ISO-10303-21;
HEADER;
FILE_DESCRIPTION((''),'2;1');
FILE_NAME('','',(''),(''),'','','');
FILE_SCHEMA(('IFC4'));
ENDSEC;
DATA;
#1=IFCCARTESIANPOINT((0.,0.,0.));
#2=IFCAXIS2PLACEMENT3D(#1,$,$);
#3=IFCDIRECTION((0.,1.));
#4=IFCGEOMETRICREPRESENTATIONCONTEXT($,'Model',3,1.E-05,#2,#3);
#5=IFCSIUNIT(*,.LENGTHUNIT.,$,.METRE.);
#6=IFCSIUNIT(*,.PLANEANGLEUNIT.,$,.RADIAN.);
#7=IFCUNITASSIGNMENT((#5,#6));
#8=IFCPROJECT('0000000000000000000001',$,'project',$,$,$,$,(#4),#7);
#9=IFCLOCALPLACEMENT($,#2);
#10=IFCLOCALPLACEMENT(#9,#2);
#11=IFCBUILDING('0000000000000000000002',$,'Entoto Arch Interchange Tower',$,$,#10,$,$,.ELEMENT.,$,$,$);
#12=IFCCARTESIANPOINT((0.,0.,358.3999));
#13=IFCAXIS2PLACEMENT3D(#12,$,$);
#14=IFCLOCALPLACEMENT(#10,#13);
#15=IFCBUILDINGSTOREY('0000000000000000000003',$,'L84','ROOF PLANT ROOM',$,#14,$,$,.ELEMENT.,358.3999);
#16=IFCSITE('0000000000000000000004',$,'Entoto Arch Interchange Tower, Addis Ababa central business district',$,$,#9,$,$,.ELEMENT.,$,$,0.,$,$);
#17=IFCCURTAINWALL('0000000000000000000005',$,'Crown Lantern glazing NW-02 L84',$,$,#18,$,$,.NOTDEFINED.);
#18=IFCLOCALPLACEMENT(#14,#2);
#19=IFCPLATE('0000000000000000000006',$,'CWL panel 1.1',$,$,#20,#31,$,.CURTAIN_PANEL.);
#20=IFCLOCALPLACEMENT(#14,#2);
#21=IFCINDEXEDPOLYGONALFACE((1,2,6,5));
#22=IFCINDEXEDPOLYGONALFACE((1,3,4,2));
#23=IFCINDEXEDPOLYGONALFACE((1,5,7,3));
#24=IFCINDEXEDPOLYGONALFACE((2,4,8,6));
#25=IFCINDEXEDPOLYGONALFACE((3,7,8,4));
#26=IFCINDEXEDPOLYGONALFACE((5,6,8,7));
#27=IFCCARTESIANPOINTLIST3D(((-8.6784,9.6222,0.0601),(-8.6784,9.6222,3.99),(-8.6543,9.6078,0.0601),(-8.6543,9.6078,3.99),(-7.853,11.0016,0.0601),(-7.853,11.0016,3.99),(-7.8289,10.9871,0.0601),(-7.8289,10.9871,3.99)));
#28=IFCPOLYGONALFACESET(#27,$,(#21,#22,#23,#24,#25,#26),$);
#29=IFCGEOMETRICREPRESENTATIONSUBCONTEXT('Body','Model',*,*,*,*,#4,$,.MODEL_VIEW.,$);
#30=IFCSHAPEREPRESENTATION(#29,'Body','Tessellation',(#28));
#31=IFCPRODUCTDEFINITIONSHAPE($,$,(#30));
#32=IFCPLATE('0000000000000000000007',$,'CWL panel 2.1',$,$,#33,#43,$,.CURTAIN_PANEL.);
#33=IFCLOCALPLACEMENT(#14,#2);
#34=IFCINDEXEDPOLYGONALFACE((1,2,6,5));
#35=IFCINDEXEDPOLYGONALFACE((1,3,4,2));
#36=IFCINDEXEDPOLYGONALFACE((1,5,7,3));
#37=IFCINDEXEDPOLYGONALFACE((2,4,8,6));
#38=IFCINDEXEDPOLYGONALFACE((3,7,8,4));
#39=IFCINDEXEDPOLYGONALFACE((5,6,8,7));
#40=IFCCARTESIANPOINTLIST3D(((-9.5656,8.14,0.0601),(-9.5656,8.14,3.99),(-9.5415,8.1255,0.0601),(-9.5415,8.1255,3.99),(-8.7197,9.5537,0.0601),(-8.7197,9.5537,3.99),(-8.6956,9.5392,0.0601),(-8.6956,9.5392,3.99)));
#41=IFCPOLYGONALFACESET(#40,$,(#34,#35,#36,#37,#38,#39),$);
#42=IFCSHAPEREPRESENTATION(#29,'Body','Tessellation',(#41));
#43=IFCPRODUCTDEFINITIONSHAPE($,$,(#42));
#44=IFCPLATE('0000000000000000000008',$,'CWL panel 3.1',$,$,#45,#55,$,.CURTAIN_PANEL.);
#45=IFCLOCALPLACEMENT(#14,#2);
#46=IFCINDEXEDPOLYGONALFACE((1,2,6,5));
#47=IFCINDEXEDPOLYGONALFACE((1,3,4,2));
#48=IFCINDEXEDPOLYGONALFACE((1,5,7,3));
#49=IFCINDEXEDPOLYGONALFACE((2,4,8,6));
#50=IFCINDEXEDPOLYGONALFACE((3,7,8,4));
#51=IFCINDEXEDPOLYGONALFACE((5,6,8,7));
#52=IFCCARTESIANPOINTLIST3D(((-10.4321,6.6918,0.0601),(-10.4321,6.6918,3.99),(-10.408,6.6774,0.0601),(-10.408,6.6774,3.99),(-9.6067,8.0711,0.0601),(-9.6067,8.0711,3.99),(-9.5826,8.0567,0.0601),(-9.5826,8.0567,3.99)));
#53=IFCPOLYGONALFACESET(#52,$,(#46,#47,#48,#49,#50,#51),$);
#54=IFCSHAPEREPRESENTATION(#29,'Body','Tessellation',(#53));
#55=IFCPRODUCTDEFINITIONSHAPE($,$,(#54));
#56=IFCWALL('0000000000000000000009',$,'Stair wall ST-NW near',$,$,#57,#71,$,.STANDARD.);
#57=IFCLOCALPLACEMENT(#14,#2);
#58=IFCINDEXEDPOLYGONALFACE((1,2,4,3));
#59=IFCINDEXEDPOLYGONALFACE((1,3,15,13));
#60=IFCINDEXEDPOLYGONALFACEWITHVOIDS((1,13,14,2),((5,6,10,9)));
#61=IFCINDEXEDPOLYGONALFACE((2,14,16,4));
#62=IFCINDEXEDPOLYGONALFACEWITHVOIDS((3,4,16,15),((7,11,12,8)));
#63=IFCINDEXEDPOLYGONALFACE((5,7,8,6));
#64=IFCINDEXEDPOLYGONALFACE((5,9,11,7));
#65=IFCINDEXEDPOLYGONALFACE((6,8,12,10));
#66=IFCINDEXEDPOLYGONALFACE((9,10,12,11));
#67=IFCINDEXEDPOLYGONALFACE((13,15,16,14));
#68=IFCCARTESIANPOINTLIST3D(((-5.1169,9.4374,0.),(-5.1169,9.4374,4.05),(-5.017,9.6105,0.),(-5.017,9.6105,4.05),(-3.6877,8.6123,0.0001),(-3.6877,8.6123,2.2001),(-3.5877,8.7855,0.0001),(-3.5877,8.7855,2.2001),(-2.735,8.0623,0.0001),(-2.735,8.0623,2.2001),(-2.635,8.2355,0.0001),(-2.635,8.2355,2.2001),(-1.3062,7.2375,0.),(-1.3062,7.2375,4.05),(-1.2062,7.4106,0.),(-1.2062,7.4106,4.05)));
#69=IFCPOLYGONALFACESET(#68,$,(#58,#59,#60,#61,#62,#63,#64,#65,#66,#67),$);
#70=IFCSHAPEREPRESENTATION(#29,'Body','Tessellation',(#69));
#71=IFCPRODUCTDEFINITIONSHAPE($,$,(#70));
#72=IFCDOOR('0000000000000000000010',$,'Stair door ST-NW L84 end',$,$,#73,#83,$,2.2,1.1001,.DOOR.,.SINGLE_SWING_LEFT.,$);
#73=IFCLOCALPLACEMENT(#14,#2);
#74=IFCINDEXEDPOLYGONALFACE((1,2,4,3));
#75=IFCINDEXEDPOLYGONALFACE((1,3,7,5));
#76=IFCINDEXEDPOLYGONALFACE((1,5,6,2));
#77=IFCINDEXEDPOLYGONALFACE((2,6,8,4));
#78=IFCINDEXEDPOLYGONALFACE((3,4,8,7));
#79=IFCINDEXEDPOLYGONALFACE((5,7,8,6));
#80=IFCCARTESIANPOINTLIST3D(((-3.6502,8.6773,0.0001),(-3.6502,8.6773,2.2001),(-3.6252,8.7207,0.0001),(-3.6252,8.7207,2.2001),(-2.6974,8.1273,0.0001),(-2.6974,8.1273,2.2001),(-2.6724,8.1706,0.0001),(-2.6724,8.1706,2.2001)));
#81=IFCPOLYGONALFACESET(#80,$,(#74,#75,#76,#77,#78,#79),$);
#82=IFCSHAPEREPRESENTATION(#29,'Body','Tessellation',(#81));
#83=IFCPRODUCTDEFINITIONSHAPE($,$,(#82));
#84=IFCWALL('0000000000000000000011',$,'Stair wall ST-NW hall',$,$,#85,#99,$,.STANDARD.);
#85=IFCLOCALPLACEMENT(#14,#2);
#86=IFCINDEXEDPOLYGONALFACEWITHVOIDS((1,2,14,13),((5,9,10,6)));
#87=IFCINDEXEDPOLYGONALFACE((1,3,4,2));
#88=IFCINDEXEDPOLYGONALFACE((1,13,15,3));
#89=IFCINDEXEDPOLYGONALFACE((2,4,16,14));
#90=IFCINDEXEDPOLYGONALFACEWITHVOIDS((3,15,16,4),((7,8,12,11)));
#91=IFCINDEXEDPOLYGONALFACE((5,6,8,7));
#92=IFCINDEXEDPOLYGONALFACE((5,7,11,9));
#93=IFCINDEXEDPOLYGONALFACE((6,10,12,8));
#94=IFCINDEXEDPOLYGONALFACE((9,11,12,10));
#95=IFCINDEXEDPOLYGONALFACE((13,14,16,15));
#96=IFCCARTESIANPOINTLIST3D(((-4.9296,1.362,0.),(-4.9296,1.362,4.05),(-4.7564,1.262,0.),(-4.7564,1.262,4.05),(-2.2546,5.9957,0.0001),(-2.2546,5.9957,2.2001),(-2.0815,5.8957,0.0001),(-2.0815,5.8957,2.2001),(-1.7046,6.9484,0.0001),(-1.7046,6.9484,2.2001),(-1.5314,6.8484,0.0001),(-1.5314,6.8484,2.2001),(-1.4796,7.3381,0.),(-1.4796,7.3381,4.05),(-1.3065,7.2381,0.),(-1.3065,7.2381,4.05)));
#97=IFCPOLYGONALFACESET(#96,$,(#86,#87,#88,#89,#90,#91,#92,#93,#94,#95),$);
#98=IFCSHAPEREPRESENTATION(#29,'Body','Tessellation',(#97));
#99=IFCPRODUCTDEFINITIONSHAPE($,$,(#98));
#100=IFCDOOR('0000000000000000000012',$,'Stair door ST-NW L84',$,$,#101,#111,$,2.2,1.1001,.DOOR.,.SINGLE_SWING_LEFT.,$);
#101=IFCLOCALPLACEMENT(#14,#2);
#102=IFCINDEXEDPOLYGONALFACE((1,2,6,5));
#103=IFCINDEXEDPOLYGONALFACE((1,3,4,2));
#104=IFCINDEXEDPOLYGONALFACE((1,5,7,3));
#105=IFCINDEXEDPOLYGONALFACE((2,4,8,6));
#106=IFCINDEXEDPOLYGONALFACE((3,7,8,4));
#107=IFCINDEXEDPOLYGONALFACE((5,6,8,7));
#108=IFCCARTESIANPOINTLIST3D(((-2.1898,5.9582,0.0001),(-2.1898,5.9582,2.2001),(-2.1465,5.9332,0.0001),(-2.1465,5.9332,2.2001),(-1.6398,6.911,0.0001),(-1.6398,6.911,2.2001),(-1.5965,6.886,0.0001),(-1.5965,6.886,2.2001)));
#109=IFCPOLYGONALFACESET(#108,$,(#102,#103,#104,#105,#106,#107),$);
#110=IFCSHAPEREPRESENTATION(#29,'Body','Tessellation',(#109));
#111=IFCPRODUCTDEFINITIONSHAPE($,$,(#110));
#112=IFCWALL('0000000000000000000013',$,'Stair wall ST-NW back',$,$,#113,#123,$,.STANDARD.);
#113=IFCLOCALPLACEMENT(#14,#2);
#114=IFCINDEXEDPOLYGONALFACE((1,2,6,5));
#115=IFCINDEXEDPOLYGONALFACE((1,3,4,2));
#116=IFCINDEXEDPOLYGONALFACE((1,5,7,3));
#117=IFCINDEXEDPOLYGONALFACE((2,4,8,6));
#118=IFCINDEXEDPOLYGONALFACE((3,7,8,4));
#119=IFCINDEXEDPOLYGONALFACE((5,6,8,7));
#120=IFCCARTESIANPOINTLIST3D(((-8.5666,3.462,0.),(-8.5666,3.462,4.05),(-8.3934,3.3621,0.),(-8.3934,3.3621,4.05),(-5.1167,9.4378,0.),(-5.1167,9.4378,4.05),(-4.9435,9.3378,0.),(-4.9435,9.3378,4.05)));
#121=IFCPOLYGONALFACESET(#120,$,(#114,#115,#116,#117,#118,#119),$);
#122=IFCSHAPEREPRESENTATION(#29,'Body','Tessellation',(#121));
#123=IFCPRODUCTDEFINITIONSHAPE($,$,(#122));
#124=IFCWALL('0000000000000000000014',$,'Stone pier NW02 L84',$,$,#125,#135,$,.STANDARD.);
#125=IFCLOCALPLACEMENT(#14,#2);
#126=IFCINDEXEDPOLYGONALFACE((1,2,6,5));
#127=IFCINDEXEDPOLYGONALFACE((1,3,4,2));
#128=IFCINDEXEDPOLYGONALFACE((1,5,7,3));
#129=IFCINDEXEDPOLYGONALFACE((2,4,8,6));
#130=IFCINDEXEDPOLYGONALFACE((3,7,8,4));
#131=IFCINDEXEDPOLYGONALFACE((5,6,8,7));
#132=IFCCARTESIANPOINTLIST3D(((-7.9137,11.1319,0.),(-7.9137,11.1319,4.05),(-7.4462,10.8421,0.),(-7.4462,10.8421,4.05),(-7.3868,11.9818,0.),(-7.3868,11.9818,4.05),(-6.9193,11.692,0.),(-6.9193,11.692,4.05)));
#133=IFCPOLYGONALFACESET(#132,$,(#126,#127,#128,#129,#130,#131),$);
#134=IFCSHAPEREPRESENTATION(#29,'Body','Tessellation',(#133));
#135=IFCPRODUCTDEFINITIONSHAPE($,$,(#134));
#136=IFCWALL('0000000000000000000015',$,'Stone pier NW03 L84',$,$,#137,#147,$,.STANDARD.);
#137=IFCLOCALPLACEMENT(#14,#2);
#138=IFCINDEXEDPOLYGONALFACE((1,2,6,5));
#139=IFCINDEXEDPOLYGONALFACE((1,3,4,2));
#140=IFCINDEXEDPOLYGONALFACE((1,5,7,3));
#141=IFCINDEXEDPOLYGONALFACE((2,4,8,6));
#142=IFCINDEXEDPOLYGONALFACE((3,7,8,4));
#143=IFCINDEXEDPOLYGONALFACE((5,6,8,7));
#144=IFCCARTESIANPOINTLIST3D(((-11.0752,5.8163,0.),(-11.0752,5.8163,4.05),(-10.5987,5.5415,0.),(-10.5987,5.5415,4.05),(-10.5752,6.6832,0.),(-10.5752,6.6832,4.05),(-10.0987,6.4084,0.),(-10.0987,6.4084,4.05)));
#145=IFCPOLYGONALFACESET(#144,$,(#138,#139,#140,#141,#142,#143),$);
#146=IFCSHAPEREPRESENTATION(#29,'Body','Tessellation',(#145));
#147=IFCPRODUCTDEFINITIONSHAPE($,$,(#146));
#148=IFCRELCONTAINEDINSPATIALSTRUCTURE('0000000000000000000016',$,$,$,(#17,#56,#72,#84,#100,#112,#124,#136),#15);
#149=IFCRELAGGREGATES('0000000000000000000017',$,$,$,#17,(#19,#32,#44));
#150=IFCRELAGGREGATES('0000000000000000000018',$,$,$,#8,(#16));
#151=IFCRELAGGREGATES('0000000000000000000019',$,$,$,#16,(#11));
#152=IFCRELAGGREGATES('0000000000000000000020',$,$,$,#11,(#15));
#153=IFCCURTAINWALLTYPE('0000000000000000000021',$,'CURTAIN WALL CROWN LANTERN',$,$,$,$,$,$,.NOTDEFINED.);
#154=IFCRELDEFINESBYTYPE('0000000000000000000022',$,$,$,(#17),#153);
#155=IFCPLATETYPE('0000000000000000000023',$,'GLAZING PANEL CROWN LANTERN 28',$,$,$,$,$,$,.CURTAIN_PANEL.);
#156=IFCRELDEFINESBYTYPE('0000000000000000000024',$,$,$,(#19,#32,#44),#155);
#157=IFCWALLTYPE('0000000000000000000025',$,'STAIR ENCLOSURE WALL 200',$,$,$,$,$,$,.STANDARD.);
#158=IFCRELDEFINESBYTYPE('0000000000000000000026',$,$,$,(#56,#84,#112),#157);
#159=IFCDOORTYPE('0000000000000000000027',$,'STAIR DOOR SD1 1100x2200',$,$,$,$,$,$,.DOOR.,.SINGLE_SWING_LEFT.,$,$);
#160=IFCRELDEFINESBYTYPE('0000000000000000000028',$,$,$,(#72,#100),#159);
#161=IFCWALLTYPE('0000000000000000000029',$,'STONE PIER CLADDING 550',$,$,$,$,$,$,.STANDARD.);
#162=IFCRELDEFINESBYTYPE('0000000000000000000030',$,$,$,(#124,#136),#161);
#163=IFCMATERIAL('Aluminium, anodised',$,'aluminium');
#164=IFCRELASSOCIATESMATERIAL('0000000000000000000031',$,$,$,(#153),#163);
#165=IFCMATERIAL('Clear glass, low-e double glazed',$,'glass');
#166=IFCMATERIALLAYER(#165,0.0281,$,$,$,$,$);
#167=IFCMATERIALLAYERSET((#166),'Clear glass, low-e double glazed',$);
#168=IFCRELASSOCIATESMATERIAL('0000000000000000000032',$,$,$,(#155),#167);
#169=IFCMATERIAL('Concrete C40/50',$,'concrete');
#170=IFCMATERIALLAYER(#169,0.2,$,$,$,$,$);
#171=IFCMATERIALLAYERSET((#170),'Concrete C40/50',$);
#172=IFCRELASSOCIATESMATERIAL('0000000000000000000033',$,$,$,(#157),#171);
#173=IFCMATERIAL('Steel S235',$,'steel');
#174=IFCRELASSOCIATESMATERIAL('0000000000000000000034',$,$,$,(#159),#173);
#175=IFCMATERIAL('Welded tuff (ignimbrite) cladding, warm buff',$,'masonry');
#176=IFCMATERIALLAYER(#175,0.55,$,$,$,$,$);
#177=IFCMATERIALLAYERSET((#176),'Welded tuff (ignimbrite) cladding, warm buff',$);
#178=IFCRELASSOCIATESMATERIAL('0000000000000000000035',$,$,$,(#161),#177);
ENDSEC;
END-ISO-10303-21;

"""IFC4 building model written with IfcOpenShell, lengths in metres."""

from ifc_helpers import new_model, si_unit, direction, frame, frame_2d, origin, origin_2d, place, context, subcontext, project, spatial, rectangle, extrude, material, layer, layer_set, type_object, element, fill, aggregate, save


model = new_model("IFC4")

# Units and contexts
model_context = context("Model", 3, precision=1e-05, world=origin(), true_north=direction((0.0, 1.0)))
body_context = subcontext(model_context, "Body", "Model", "MODEL_VIEW")
ifc_project = project(units=[si_unit("LENGTHUNIT", "METRE"), si_unit("PLANEANGLEUNIT", "RADIAN")], contexts=[model_context])

# Site, building, storey
site_placement = place(None, origin())
site = spatial("IfcSite", under=ifc_project, at=site_placement, Name="Entoto Arch Interchange Tower, Addis Ababa central business district", CompositionType="ELEMENT", RefElevation=0.0)
building_placement = place(site_placement, origin())
building = spatial("IfcBuilding", under=site, at=building_placement, Name="Entoto Arch Interchange Tower", CompositionType="ELEMENT")
storey_placement = place(building_placement, frame((0.0, 0.0, 358.3999)))
storey = spatial("IfcBuildingStorey", under=building, at=storey_placement, Name="L84", Description="ROOF PLANT ROOM", CompositionType="ELEMENT", Elevation=358.3999)

# Shared definitions
ifc_material_1 = material(Name="Concrete C40/50", Category="concrete")

# Shared definitions
ifc_material_2 = material(Name="Aluminium, anodised", Category="aluminium")
curtain_wall_type = type_object("IfcCurtainWallType", Name="CURTAIN WALL CROWN LANTERN", PredefinedType="NOTDEFINED", material=ifc_material_2)

# Curtain wall
curtain_wall_1_placement = place(storey_placement, origin())
curtain_wall_1 = element("IfcCurtainWall", 1, at=curtain_wall_1_placement, inside=storey, type_object=curtain_wall_type, Name="Crown Lantern glazing NW-02 L84", PredefinedType="NOTDEFINED")

# Plates
ifc_material_3 = material(Name="Clear glass, low-e double glazed", Category="glass")
ifc_layer_1 = layer(ifc_material_3, 0.0281)
ifc_layer_set_1 = layer_set([ifc_layer_1], Name="Clear glass, low-e double glazed")
plate_type = type_object("IfcPlateType", Name="GLAZING PANEL CROWN LANTERN 28", PredefinedType="CURTAIN_PANEL", material=ifc_layer_set_1)
plate_1_placement = place(storey_placement, frame((-8.2537, 10.3047, 0.0601), z_axis=(0.0, 0.0, 1.0), x_axis=(-0.513474, -0.858105, 0.0)))
plate_1 = element("IfcPlate", 2, at=plate_1_placement, type_object=plate_type, Name="CWL panel 1.1", PredefinedType="CURTAIN_PANEL", context=body_context, shape_type="SweptSolid", body=[
    extrude(rectangle(XDim=1.6074, YDim=0.0281, at=origin_2d()), origin(), (0.0, 0.0, 1.0), 3.9299),
])
plate_2_placement = place(storey_placement, frame((-9.1306, 8.8396, 0.0601), z_axis=(0.0, 0.0, 1.0), x_axis=(-0.513474, -0.858105, 0.0)))
plate_2 = element("IfcPlate", 3, at=plate_2_placement, type_object=plate_type, Name="CWL panel 2.1", PredefinedType="CURTAIN_PANEL", context=body_context, shape_type="SweptSolid", body=[
    extrude(rectangle(XDim=1.6475, YDim=0.0281, at=origin_2d()), origin(), (0.0, 0.0, 1.0), 3.9299),
])
plate_3_placement = place(storey_placement, frame((-10.0073, 7.3743, 0.0601), z_axis=(0.0, 0.0, 1.0), x_axis=(-0.513474, -0.858105, 0.0)))
plate_3 = element("IfcPlate", 4, at=plate_3_placement, type_object=plate_type, Name="CWL panel 3.1", PredefinedType="CURTAIN_PANEL", context=body_context, shape_type="SweptSolid", body=[
    extrude(rectangle(XDim=1.6074, YDim=0.0281, at=origin_2d()), origin(), (0.0, 0.0, 1.0), 3.9299),
])
aggregate(curtain_wall_1, [plate_1, plate_2, plate_3])

# Walls, openings, doors
ifc_layer_2 = layer(ifc_material_1, 0.2)
ifc_layer_set_2 = layer_set([ifc_layer_2], Name="Concrete C40/50")
wall_type_1 = type_object("IfcWallType", Name="STAIR ENCLOSURE WALL 200", PredefinedType="STANDARD", material=ifc_layer_set_2)
wall_1_placement = place(storey_placement, frame((-1.2561, 7.324, 0.0), z_axis=(0.0, 0.0, 1.0), x_axis=(-0.866046, 0.499964, 0.0)))
wall_1 = element("IfcWall", 5, at=wall_1_placement, inside=storey, type_object=wall_type_1, Name="Stair wall ST-NW near", PredefinedType="STANDARD", context=body_context, shape_type="SweptSolid", body=[
    extrude(rectangle(XDim=4.4001, YDim=0.2, at=frame_2d((2.2002, 0.0))), origin(), (0.0, 0.0, 1.0), 4.05),
])
opening_1_placement = place(wall_1_placement, frame((1.6499, 0.0, 0.0)))
opening_1 = element("IfcOpeningElement", 6, at=opening_1_placement, cuts=wall_1, PredefinedType="OPENING", context=body_context, shape_type="SweptSolid", body=[
    extrude(rectangle(XDim=1.1001, YDim=2.2, at=frame_2d((0.55, 1.1001))), frame((0.0, 0.1099, 0.0), z_axis=(0.0, -1.0, 0.0), x_axis=(1.0, 0.0, 0.0)), (0.0, 0.0, 1.0), 0.22),
])
ifc_material_4 = material(Name="Steel S235", Category="steel")
door_type = type_object("IfcDoorType", Name="STAIR DOOR SD1 1100x2200", OperationType="SINGLE_SWING_LEFT", PredefinedType="DOOR", material=ifc_material_4)
door_1_placement = place(opening_1_placement, origin())
door_1 = element("IfcDoor", 7, at=door_1_placement, inside=storey, type_object=door_type, Name="Stair door ST-NW L84 end", OperationType="SINGLE_SWING_LEFT", OverallHeight=2.2, OverallWidth=1.1001, PredefinedType="DOOR", context=body_context, shape_type="SweptSolid", body=[
    extrude(rectangle(XDim=1.1001, YDim=2.2, at=frame_2d((0.55, 1.1001))), frame((0.0, 0.0249, 0.0), z_axis=(0.0, -1.0, 0.0), x_axis=(1.0, 0.0, 0.0)), (0.0, 0.0, 1.0), 0.05),
])
fill(opening_1, door_1)
wall_2_placement = place(storey_placement, frame((-1.3931, 7.2881, 0.0), z_axis=(0.0, 0.0, 1.0), x_axis=(-0.499963, -0.866047, 0.0)))
wall_2 = element("IfcWall", 8, at=wall_2_placement, inside=storey, type_object=wall_type_1, Name="Stair wall ST-NW hall", PredefinedType="STANDARD", context=body_context, shape_type="SweptSolid", body=[
    extrude(rectangle(XDim=6.9004, YDim=0.2, at=frame_2d((3.4502, 0.0))), origin(), (0.0, 0.0, 1.0), 4.05),
])
opening_2_placement = place(wall_2_placement, frame((0.45, 0.0, 0.0)))
opening_2 = element("IfcOpeningElement", 9, at=opening_2_placement, cuts=wall_2, PredefinedType="OPENING", context=body_context, shape_type="SweptSolid", body=[
    extrude(rectangle(XDim=1.1001, YDim=2.2, at=frame_2d((0.55, 1.1001))), frame((0.0, 0.1099, 0.0), z_axis=(0.0, -1.0, 0.0), x_axis=(1.0, 0.0, 0.0)), (0.0, 0.0, 1.0), 0.22),
])
door_2_placement = place(opening_2_placement, origin())
door_2 = element("IfcDoor", 10, at=door_2_placement, inside=storey, type_object=door_type, Name="Stair door ST-NW L84", OperationType="SINGLE_SWING_LEFT", OverallHeight=2.2, OverallWidth=1.1001, PredefinedType="DOOR", context=body_context, shape_type="SweptSolid", body=[
    extrude(rectangle(XDim=1.1001, YDim=2.2, at=frame_2d((0.55, 1.1001))), frame((0.0, 0.0249, 0.0), z_axis=(0.0, -1.0, 0.0), x_axis=(1.0, 0.0, 0.0)), (0.0, 0.0, 1.0), 0.05),
])
fill(opening_2, door_2)

# Walls
wall_3_placement = place(storey_placement, frame((-5.03, 9.3879, 0.0), z_axis=(0.0, 0.0, 1.0), x_axis=(-0.499979, -0.866038, 0.0)))
element("IfcWall", 11, at=wall_3_placement, inside=storey, type_object=wall_type_1, Name="Stair wall ST-NW back", PredefinedType="STANDARD", context=body_context, shape_type="SweptSolid", body=[
    extrude(rectangle(XDim=6.9001, YDim=0.2, at=frame_2d((3.4502, 0.0))), origin(), (0.0, 0.0, 1.0), 4.05),
])
ifc_material_5 = material(Name="Welded tuff (ignimbrite) cladding, warm buff", Category="masonry")
ifc_layer_3 = layer(ifc_material_5, 0.55)
ifc_layer_set_3 = layer_set([ifc_layer_3], Name="Welded tuff (ignimbrite) cladding, warm buff")
wall_type_2 = type_object("IfcWallType", Name="STONE PIER CLADDING 550", PredefinedType="STANDARD", material=ifc_layer_set_3)
wall_4_placement = place(storey_placement, frame((-7.1531, 11.8369, 0.0), z_axis=(0.0, 0.0, 1.0), x_axis=(-0.526901, -0.849927, 0.0)))
element("IfcWall", 12, at=wall_4_placement, inside=storey, type_object=wall_type_2, Name="Stone pier NW02 L84", PredefinedType="STANDARD", context=body_context, shape_type="SweptSolid", body=[
    extrude(rectangle(XDim=1.0, YDim=0.55, at=frame_2d((0.5, 0.0))), origin(), (0.0, 0.0, 1.0), 4.05),
])
wall_5_placement = place(storey_placement, frame((-10.3369, 6.5459, 0.0), z_axis=(0.0, 0.0, 1.0), x_axis=(-0.499603, -0.866255, 0.0)))
element("IfcWall", 13, at=wall_5_placement, inside=storey, type_object=wall_type_2, Name="Stone pier NW03 L84", PredefinedType="STANDARD", context=body_context, shape_type="SweptSolid", body=[
    extrude(rectangle(XDim=1.0007, YDim=0.55, at=frame_2d((0.5005, 0.0))), origin(), (0.0, 0.0, 1.0), 4.05),
])

save(model, "model.ifc")
